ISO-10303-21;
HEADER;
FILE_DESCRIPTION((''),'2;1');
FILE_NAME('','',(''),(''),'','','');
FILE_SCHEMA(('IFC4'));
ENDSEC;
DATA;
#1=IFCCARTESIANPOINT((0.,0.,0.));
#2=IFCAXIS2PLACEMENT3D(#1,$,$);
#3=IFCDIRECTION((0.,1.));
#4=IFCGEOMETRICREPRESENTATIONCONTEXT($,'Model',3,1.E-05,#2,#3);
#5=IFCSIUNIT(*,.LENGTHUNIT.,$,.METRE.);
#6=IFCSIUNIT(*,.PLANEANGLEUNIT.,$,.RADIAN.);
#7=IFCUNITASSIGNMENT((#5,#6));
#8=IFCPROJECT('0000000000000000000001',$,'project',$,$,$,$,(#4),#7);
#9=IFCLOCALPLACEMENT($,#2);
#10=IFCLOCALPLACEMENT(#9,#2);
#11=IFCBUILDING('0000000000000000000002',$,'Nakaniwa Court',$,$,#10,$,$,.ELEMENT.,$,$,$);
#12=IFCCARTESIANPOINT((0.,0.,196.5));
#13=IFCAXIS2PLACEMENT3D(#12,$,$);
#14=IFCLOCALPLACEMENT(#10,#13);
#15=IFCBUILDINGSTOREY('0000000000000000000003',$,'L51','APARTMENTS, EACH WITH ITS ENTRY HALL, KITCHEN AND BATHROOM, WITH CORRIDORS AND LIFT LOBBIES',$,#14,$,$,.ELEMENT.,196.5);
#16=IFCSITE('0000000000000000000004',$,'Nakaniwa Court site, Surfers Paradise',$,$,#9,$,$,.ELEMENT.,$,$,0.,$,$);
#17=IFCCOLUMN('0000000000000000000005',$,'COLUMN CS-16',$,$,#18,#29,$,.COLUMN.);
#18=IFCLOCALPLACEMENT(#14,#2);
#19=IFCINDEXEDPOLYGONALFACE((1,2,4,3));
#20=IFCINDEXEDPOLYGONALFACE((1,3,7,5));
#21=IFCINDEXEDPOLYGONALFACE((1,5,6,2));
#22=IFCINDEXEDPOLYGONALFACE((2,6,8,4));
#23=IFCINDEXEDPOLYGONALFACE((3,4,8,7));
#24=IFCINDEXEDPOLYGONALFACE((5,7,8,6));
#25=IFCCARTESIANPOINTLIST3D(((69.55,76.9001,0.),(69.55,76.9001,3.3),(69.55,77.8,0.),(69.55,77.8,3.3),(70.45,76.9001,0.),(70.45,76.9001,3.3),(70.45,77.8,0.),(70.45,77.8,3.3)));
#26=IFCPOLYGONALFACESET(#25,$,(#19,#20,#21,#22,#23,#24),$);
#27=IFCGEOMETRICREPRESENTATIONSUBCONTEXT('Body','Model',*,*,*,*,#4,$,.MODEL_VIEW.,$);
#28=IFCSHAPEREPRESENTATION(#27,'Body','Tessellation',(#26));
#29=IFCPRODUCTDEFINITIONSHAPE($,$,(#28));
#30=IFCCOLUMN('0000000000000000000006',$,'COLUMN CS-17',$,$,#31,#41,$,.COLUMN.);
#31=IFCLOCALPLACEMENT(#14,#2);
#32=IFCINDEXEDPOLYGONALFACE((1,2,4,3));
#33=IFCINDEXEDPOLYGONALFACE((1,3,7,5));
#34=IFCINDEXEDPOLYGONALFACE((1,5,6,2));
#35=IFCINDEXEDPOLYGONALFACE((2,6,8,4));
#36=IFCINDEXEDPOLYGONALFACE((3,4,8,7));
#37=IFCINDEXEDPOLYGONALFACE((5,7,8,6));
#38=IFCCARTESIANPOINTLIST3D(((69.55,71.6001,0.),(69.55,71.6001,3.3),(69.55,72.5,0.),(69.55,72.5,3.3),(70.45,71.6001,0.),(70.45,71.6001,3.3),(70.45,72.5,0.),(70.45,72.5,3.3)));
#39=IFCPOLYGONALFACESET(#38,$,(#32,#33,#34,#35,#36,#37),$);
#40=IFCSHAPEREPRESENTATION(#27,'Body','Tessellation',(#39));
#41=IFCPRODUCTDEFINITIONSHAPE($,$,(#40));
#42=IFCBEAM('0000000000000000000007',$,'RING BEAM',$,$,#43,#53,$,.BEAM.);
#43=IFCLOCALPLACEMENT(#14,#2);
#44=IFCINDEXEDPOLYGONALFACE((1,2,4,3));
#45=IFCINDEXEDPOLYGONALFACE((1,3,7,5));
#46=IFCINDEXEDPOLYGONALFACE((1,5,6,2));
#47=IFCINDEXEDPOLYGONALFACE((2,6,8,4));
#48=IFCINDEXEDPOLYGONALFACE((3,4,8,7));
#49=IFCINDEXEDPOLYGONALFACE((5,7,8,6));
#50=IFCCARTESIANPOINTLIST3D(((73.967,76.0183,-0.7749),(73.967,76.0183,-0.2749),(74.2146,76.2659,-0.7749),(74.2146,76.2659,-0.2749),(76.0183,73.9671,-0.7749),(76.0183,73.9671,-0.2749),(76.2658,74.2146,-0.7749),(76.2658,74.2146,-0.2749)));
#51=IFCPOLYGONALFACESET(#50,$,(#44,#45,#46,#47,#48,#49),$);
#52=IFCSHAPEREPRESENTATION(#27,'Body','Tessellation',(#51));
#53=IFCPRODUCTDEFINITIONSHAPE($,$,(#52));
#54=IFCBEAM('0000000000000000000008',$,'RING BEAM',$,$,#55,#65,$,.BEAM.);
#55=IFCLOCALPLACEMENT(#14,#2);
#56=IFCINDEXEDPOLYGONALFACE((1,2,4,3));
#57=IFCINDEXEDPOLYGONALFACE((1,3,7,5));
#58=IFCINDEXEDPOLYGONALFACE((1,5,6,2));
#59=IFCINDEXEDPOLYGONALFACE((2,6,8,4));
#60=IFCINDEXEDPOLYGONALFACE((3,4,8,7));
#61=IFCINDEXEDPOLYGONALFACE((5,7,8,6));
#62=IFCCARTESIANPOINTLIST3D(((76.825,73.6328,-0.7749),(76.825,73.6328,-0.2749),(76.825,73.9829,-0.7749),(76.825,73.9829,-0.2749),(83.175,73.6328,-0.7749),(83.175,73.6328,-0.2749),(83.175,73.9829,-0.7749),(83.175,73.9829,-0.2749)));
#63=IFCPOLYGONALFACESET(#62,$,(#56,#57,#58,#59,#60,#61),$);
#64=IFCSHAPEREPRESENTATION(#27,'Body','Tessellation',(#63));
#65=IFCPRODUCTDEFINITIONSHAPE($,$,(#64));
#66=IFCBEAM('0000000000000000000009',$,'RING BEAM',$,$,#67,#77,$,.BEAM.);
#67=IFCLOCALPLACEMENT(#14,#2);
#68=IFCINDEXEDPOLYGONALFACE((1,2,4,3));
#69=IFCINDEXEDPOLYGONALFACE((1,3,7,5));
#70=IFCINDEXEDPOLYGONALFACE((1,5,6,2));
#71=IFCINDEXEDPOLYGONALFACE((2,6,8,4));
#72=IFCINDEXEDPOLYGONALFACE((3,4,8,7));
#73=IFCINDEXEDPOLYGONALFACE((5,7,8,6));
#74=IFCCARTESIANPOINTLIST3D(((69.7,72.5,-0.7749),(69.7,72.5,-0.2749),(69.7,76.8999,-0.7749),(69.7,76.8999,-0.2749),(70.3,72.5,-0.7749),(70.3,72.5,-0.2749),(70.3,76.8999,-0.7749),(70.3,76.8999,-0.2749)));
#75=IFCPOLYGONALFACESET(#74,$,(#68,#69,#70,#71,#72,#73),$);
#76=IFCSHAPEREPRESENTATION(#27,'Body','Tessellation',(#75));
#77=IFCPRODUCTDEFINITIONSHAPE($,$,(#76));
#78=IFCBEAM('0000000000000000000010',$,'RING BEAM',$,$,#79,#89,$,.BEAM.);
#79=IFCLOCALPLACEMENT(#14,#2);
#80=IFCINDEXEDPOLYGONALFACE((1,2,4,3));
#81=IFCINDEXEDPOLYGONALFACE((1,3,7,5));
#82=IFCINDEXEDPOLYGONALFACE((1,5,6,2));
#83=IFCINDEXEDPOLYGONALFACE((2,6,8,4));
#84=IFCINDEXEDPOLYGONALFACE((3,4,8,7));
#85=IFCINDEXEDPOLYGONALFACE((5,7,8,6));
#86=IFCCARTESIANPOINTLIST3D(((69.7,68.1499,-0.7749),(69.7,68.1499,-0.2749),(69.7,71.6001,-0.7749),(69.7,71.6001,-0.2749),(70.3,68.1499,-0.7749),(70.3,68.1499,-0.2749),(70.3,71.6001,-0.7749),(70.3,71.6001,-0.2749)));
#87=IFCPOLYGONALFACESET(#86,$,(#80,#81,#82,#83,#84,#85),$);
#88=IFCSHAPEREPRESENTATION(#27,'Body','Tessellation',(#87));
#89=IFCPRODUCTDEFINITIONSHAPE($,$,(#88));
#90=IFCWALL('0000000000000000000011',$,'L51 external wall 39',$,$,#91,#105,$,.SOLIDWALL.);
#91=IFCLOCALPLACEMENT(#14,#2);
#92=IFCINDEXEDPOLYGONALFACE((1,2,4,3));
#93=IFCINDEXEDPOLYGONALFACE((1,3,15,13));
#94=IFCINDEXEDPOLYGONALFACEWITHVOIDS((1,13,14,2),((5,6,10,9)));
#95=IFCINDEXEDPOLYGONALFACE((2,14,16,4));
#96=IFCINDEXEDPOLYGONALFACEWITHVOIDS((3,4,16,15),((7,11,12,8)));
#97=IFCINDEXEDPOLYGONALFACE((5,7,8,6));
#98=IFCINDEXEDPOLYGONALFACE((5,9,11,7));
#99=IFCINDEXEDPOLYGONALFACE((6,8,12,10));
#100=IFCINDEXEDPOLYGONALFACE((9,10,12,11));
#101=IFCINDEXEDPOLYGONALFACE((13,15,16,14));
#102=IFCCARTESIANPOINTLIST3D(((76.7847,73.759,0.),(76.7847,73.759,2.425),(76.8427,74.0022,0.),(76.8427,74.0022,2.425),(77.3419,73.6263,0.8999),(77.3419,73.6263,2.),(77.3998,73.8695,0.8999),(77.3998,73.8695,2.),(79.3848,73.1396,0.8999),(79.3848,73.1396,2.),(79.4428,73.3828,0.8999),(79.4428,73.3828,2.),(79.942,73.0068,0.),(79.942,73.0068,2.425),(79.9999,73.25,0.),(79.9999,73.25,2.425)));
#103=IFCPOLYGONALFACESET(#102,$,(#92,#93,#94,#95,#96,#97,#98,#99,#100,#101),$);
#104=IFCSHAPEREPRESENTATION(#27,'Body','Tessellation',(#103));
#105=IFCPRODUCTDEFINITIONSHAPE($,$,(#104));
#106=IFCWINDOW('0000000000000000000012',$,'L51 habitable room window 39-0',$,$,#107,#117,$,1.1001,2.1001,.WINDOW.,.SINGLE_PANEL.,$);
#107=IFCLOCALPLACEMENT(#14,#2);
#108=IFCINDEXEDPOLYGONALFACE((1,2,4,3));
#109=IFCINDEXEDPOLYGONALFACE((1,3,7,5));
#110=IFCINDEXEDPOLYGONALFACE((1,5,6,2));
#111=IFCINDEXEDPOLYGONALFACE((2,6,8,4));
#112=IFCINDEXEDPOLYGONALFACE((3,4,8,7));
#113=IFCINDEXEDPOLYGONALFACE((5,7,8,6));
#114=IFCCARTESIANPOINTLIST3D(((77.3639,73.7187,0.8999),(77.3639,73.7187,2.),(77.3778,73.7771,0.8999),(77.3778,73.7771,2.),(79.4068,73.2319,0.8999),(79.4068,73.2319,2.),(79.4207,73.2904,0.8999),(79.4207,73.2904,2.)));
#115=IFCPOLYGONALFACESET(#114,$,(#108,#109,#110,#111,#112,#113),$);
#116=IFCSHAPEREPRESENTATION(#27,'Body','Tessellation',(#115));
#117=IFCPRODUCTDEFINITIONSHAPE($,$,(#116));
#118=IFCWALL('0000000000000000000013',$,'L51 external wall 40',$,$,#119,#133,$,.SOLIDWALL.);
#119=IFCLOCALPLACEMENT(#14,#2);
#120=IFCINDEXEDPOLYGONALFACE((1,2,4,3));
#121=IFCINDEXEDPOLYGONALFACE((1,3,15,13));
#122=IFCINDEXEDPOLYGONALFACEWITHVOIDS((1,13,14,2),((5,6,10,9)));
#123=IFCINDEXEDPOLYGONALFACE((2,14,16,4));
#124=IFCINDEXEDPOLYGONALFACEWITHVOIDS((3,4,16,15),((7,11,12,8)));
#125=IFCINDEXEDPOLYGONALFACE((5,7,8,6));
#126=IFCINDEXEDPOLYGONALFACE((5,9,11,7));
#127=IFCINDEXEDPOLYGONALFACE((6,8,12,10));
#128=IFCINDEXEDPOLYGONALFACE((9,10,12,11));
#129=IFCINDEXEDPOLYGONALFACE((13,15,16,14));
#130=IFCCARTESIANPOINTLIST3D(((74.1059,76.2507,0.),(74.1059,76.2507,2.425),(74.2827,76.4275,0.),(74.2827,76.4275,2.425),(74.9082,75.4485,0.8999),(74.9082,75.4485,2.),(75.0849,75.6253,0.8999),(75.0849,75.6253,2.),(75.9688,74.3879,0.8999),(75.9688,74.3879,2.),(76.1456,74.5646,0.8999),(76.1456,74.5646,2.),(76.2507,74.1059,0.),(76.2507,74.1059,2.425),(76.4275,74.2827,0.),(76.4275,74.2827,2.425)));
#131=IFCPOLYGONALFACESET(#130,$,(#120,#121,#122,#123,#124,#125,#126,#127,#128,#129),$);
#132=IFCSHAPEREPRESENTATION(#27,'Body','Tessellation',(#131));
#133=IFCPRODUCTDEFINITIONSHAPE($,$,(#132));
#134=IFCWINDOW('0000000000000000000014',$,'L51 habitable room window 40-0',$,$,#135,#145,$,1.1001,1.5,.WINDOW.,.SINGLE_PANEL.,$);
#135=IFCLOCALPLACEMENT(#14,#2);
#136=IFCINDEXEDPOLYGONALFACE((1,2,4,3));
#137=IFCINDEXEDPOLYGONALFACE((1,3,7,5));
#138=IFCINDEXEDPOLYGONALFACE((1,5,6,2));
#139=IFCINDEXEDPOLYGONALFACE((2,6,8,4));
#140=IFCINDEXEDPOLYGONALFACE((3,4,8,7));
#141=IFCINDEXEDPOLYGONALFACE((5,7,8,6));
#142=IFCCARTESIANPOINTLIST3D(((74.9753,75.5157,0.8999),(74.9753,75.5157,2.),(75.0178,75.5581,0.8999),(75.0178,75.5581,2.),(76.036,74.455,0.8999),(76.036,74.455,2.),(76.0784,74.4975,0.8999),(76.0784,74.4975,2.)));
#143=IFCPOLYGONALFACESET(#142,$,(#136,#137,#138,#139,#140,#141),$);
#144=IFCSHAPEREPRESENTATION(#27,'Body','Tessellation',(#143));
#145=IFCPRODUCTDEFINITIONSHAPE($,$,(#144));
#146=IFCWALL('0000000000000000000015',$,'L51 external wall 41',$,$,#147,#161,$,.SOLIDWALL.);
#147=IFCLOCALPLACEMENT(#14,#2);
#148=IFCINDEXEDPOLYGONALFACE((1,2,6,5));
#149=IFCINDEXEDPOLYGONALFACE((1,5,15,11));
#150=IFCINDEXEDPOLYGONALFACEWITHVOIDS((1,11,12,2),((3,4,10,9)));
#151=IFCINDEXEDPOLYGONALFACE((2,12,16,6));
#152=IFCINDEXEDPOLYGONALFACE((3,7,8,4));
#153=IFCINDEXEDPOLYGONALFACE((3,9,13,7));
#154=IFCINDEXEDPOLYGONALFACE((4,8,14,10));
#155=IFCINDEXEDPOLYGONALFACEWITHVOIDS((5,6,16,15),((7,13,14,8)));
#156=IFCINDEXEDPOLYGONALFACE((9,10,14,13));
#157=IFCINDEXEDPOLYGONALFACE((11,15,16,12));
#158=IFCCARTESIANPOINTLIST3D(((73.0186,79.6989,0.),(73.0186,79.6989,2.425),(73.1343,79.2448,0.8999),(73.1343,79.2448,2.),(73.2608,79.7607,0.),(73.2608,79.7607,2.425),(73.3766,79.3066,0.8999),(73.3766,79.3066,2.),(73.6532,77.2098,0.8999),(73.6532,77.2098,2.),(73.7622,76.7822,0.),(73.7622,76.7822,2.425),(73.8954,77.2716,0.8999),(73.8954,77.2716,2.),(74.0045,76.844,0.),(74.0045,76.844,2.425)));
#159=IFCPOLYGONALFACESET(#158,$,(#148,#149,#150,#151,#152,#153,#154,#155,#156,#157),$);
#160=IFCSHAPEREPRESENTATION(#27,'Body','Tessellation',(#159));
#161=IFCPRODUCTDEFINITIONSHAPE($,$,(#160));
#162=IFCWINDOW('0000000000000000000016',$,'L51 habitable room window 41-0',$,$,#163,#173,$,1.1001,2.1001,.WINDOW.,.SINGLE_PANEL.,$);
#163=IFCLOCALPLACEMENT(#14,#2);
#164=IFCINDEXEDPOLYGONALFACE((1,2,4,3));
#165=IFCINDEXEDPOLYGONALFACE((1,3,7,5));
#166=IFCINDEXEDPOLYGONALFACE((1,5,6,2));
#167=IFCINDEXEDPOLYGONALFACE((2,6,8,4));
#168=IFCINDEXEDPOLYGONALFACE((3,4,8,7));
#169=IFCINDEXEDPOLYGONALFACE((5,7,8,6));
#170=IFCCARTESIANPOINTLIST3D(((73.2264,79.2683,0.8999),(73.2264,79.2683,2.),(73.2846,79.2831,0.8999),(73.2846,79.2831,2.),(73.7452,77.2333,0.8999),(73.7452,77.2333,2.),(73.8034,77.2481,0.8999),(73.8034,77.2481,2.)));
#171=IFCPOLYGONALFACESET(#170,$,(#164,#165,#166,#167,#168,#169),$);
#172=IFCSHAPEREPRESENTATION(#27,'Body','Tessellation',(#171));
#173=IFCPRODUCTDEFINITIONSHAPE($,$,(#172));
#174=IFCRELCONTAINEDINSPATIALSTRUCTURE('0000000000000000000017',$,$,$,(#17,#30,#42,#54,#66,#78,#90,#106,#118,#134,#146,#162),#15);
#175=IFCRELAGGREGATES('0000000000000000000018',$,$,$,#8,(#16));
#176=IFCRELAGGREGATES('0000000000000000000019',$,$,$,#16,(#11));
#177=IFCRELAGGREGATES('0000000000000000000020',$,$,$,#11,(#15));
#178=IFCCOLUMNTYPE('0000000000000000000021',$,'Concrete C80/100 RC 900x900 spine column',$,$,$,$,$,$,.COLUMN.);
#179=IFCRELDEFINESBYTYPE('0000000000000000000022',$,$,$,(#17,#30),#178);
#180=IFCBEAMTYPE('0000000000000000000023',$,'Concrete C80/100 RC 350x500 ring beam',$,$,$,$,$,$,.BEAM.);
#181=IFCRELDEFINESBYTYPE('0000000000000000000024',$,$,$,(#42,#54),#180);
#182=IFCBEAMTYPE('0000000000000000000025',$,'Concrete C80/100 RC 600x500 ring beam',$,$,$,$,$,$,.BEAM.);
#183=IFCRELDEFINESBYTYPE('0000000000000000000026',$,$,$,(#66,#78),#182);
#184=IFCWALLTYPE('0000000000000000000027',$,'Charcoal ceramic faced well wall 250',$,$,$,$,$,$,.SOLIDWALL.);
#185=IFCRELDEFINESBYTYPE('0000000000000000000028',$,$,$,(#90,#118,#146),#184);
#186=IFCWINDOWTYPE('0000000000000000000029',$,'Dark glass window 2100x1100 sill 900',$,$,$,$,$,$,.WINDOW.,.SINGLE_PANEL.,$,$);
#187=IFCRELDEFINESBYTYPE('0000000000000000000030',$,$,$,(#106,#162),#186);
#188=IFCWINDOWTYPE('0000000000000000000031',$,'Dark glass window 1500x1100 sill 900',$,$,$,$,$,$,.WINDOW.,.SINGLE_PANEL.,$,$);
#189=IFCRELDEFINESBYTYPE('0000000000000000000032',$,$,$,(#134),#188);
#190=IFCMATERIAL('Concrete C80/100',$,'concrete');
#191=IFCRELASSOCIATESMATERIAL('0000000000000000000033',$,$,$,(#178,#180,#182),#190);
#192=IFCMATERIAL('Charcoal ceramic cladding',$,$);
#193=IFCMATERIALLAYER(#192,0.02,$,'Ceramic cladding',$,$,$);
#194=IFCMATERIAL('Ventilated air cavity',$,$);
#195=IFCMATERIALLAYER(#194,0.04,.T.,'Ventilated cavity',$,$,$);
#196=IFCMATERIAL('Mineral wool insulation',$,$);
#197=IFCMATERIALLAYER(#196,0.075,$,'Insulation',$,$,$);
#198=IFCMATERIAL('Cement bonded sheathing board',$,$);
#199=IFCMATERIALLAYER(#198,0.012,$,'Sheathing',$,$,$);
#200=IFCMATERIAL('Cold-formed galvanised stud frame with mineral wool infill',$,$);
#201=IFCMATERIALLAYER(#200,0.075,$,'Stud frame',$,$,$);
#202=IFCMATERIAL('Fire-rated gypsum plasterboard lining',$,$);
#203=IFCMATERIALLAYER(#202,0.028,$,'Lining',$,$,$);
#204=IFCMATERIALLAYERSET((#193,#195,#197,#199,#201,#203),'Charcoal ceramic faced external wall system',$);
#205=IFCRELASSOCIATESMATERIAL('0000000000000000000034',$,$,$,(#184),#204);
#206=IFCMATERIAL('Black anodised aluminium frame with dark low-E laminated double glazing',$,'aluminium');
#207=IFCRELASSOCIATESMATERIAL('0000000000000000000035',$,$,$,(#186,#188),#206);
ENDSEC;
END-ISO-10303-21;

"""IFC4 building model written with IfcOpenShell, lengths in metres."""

from ifc_helpers import new_model, si_unit, direction, frame, frame_2d, origin, origin_2d, place, context, subcontext, project, spatial, rectangle, extrude, material, layer, layer_set, material_profile, profile_set, type_object, element, fill, save


model = new_model("IFC4")

# Units and contexts
model_context = context("Model", 3, precision=1e-05, world=origin(), true_north=direction((0.0, 1.0)))
body_context = subcontext(model_context, "Body", "Model", "MODEL_VIEW")
ifc_project = project(units=[si_unit("LENGTHUNIT", "METRE"), si_unit("PLANEANGLEUNIT", "RADIAN")], contexts=[model_context])

# Site, building, storey
site_placement = place(None, origin())
site = spatial("IfcSite", under=ifc_project, at=site_placement, Name="Nakaniwa Court site, Surfers Paradise", CompositionType="ELEMENT", RefElevation=0.0)
building_placement = place(site_placement, origin())
building = spatial("IfcBuilding", under=site, at=building_placement, Name="Nakaniwa Court", CompositionType="ELEMENT")
storey_placement = place(building_placement, frame((0.0, 0.0, 196.5)))
storey = spatial("IfcBuildingStorey", under=building, at=storey_placement, Name="L51", Description="APARTMENTS, EACH WITH ITS ENTRY HALL, KITCHEN AND BATHROOM, WITH CORRIDORS AND LIFT LOBBIES", CompositionType="ELEMENT", Elevation=196.5)

# Columns
ifc_material_1 = material(Name="Concrete C80/100", Category="concrete")
ifc_material_profile_1 = material_profile(ifc_material_1, rectangle(XDim=0.8999, YDim=0.8999, at=origin_2d()), Name="Concrete C80/100 RC 900x900 spine column")
ifc_profile_set_1 = profile_set([ifc_material_profile_1], Name="Concrete C80/100")
column_type_1 = type_object("IfcColumnType", Name="Concrete C80/100 RC 900x900 spine column", PredefinedType="COLUMN", material=ifc_profile_set_1)
for number, where, z_axis, x_axis, name in (
    (1, (70.0, 77.3501, 0.0), (0.0, 0.0, 1.0), (0.0, -1.0, 0.0), "COLUMN CS-16"),
    (2, (70.0, 72.05, 0.0), (0.0, 0.0, 1.0), (0.0, -1.0, 0.0), "COLUMN CS-17"),
):
    element("IfcColumn", number, at=place(storey_placement, frame(where, z_axis=z_axis, x_axis=x_axis)), inside=storey, type_object=column_type_1, Name=name, PredefinedType="COLUMN", context=body_context, shape_type="SweptSolid", body=[
        extrude(rectangle(XDim=0.8999, YDim=0.8999, at=origin_2d()), origin(), (0.0, 0.0, 1.0), 3.3),
    ])

# Beams
ifc_material_profile_2 = material_profile(ifc_material_1, rectangle(XDim=0.3501, YDim=0.5, at=origin_2d()), Name="Concrete C80/100 RC 350x500 ring beam")
ifc_profile_set_2 = profile_set([ifc_material_profile_2], Name="Concrete C80/100")
beam_type_1 = type_object("IfcBeamType", Name="Concrete C80/100 RC 350x500 ring beam", PredefinedType="BEAM", material=ifc_profile_set_2)
beam_1_placement = place(storey_placement, frame((74.0908, 76.1421, -0.5249), z_axis=(0.707107, -0.707107, 0.0), x_axis=(0.707107, 0.707107, 0.0)))
element("IfcBeam", 3, at=beam_1_placement, inside=storey, type_object=beam_type_1, Name="RING BEAM", PredefinedType="BEAM", context=body_context, shape_type="SweptSolid", body=[
    extrude(rectangle(XDim=0.3501, YDim=0.5, at=origin_2d()), origin(), (0.0, 0.0, 1.0), 2.9009),
])
beam_2_placement = place(storey_placement, frame((76.825, 73.8079, -0.5249), z_axis=(1.0, 0.0, 0.0), x_axis=(0.0, 1.0, 0.0)))
element("IfcBeam", 4, at=beam_2_placement, inside=storey, type_object=beam_type_1, Name="RING BEAM", PredefinedType="BEAM", context=body_context, shape_type="SweptSolid", body=[
    extrude(rectangle(XDim=0.3501, YDim=0.5, at=origin_2d()), origin(), (0.0, 0.0, 1.0), 6.3501),
])
ifc_material_profile_3 = material_profile(ifc_material_1, rectangle(XDim=0.6001, YDim=0.5, at=origin_2d()), Name="Concrete C80/100 RC 600x500 ring beam")
ifc_profile_set_3 = profile_set([ifc_material_profile_3], Name="Concrete C80/100")
beam_type_2 = type_object("IfcBeamType", Name="Concrete C80/100 RC 600x500 ring beam", PredefinedType="BEAM", material=ifc_profile_set_3)
beam_3_placement = place(storey_placement, frame((70.0, 76.8999, -0.5249), z_axis=(0.0, -1.0, 0.0), x_axis=(1.0, 0.0, 0.0)))
element("IfcBeam", 5, at=beam_3_placement, inside=storey, type_object=beam_type_2, Name="RING BEAM", PredefinedType="BEAM", context=body_context, shape_type="SweptSolid", body=[
    extrude(rectangle(XDim=0.6001, YDim=0.5, at=origin_2d()), origin(), (0.0, 0.0, 1.0), 4.3999),
])
beam_4_placement = place(storey_placement, frame((70.0, 71.6001, -0.5249), z_axis=(0.0, -1.0, 0.0), x_axis=(1.0, 0.0, 0.0)))
element("IfcBeam", 6, at=beam_4_placement, inside=storey, type_object=beam_type_2, Name="RING BEAM", PredefinedType="BEAM", context=body_context, shape_type="SweptSolid", body=[
    extrude(rectangle(XDim=0.6001, YDim=0.5, at=origin_2d()), origin(), (0.0, 0.0, 1.0), 3.4502),
])

# Walls, openings, windows
ifc_material_2 = material(Name="Charcoal ceramic cladding")
ifc_layer_1 = layer(ifc_material_2, 0.02, Name="Ceramic cladding")
ifc_material_3 = material(Name="Ventilated air cavity")
ifc_layer_2 = layer(ifc_material_3, 0.04, ventilated=True, Name="Ventilated cavity")
ifc_material_4 = material(Name="Mineral wool insulation")
ifc_layer_3 = layer(ifc_material_4, 0.075, Name="Insulation")
ifc_material_5 = material(Name="Cement bonded sheathing board")
ifc_layer_4 = layer(ifc_material_5, 0.012, Name="Sheathing")
ifc_material_6 = material(Name="Cold-formed galvanised stud frame with mineral wool infill")
ifc_layer_5 = layer(ifc_material_6, 0.075, Name="Stud frame")
ifc_material_7 = material(Name="Fire-rated gypsum plasterboard lining")
ifc_layer_6 = layer(ifc_material_7, 0.028, Name="Lining")
ifc_layer_set_1 = layer_set([ifc_layer_1, ifc_layer_2, ifc_layer_3, ifc_layer_4, ifc_layer_5, ifc_layer_6], Name="Charcoal ceramic faced external wall system")
wall_type_1 = type_object("IfcWallType", Name="Charcoal ceramic faced well wall 250", PredefinedType="SOLIDWALL", material=ifc_layer_set_1)
wall_1_placement = place(storey_placement, frame((79.9709, 73.1284, 0.0), z_axis=(0.0, 0.0, 1.0), x_axis=(-0.972773, 0.23176, 0.0)))
wall_1 = element("IfcWall", 7, at=wall_1_placement, inside=storey, type_object=wall_type_1, Name="L51 external wall 39", PredefinedType="SOLIDWALL", context=body_context, shape_type="SweptSolid", body=[
    extrude(rectangle(XDim=3.2456, YDim=0.25, at=frame_2d((1.6228, 0.0))), origin(), (0.0, 0.0, 1.0), 2.425),
])
opening_1_placement = place(wall_1_placement, frame((0.5728, 0.0, 0.8999)))
opening_1 = element("IfcOpeningElement", 8, at=opening_1_placement, cuts=wall_1, PredefinedType="OPENING", context=body_context, shape_type="SweptSolid", body=[
    extrude(rectangle(XDim=2.1001, YDim=1.1001, at=frame_2d((1.05, 0.55))), frame((0.0, 0.135, 0.0), z_axis=(0.0, -1.0, 0.0), x_axis=(1.0, 0.0, 0.0)), (0.0, 0.0, 1.0), 0.27),
])
ifc_material_8 = material(Name="Black anodised aluminium frame with dark low-E laminated double glazing", Category="aluminium")
window_type_1 = type_object("IfcWindowType", Name="Dark glass window 2100x1100 sill 900", PartitioningType="SINGLE_PANEL", PredefinedType="WINDOW", material=ifc_material_8)
window_1_placement = place(opening_1_placement, origin())
window_1 = element("IfcWindow", 9, at=window_1_placement, inside=storey, type_object=window_type_1, Name="L51 habitable room window 39-0", OverallHeight=1.1001, OverallWidth=2.1001, PartitioningType="SINGLE_PANEL", PredefinedType="WINDOW", context=body_context, shape_type="SweptSolid", body=[
    extrude(rectangle(XDim=2.1001, YDim=1.1001, at=frame_2d((1.05, 0.55))), frame((0.0, 0.03, 0.0), z_axis=(0.0, -1.0, 0.0), x_axis=(1.0, 0.0, 0.0)), (0.0, 0.0, 1.0), 0.0601),
])
fill(opening_1, window_1)
wall_2_placement = place(storey_placement, frame((76.3391, 74.1943, 0.0), z_axis=(0.0, 0.0, 1.0), x_axis=(-0.707107, 0.707107, 0.0)))
wall_2 = element("IfcWall", 10, at=wall_2_placement, inside=storey, type_object=wall_type_1, Name="L51 external wall 40", PredefinedType="SOLIDWALL", context=body_context, shape_type="SweptSolid", body=[
    extrude(rectangle(XDim=3.0332, YDim=0.25, at=frame_2d((1.5166, 0.0))), origin(), (0.0, 0.0, 1.0), 2.425),
])
opening_2_placement = place(wall_2_placement, frame((0.3987, 0.0, 0.8999)))
opening_2 = element("IfcOpeningElement", 11, at=opening_2_placement, cuts=wall_2, PredefinedType="OPENING", context=body_context, shape_type="SweptSolid", body=[
    extrude(rectangle(XDim=1.5, YDim=1.1001, at=frame_2d((0.75, 0.55))), frame((0.0, 0.135, 0.0), z_axis=(0.0, -1.0, 0.0), x_axis=(1.0, 0.0, 0.0)), (0.0, 0.0, 1.0), 0.27),
])
window_type_2 = type_object("IfcWindowType", Name="Dark glass window 1500x1100 sill 900", PartitioningType="SINGLE_PANEL", PredefinedType="WINDOW", material=ifc_material_8)
window_2_placement = place(opening_2_placement, origin())
window_2 = element("IfcWindow", 12, at=window_2_placement, inside=storey, type_object=window_type_2, Name="L51 habitable room window 40-0", OverallHeight=1.1001, OverallWidth=1.5, PartitioningType="SINGLE_PANEL", PredefinedType="WINDOW", context=body_context, shape_type="SweptSolid", body=[
    extrude(rectangle(XDim=1.5, YDim=1.1001, at=frame_2d((0.75, 0.55))), frame((0.0, 0.03, 0.0), z_axis=(0.0, -1.0, 0.0), x_axis=(1.0, 0.0, 0.0)), (0.0, 0.0, 1.0), 0.0601),
])
fill(opening_2, window_2)
wall_3_placement = place(storey_placement, frame((73.8833, 76.8132, 0.0), z_axis=(0.0, 0.0, 1.0), x_axis=(-0.247056, 0.969001, 0.0)))
wall_3 = element("IfcWall", 13, at=wall_3_placement, inside=storey, type_object=wall_type_1, Name="L51 external wall 41", PredefinedType="SOLIDWALL", context=body_context, shape_type="SweptSolid", body=[
    extrude(rectangle(XDim=3.01, YDim=0.25, at=frame_2d((1.5049, 0.0))), origin(), (0.0, 0.0, 1.0), 2.425),
])
opening_3_placement = place(wall_3_placement, frame((0.4412, 0.0, 0.8999)))
opening_3 = element("IfcOpeningElement", 14, at=opening_3_placement, cuts=wall_3, PredefinedType="OPENING", context=body_context, shape_type="SweptSolid", body=[
    extrude(rectangle(XDim=2.1001, YDim=1.1001, at=frame_2d((1.05, 0.55))), frame((0.0, 0.135, 0.0), z_axis=(0.0, -1.0, 0.0), x_axis=(1.0, 0.0, 0.0)), (0.0, 0.0, 1.0), 0.27),
])
window_3_placement = place(opening_3_placement, origin())
window_3 = element("IfcWindow", 15, at=window_3_placement, inside=storey, type_object=window_type_1, Name="L51 habitable room window 41-0", OverallHeight=1.1001, OverallWidth=2.1001, PartitioningType="SINGLE_PANEL", PredefinedType="WINDOW", context=body_context, shape_type="SweptSolid", body=[
    extrude(rectangle(XDim=2.1001, YDim=1.1001, at=frame_2d((1.05, 0.55))), frame((0.0, 0.03, 0.0), z_axis=(0.0, -1.0, 0.0), x_axis=(1.0, 0.0, 0.0)), (0.0, 0.0, 1.0), 0.0601),
])
fill(opening_3, window_3)

save(model, "model.ifc")
